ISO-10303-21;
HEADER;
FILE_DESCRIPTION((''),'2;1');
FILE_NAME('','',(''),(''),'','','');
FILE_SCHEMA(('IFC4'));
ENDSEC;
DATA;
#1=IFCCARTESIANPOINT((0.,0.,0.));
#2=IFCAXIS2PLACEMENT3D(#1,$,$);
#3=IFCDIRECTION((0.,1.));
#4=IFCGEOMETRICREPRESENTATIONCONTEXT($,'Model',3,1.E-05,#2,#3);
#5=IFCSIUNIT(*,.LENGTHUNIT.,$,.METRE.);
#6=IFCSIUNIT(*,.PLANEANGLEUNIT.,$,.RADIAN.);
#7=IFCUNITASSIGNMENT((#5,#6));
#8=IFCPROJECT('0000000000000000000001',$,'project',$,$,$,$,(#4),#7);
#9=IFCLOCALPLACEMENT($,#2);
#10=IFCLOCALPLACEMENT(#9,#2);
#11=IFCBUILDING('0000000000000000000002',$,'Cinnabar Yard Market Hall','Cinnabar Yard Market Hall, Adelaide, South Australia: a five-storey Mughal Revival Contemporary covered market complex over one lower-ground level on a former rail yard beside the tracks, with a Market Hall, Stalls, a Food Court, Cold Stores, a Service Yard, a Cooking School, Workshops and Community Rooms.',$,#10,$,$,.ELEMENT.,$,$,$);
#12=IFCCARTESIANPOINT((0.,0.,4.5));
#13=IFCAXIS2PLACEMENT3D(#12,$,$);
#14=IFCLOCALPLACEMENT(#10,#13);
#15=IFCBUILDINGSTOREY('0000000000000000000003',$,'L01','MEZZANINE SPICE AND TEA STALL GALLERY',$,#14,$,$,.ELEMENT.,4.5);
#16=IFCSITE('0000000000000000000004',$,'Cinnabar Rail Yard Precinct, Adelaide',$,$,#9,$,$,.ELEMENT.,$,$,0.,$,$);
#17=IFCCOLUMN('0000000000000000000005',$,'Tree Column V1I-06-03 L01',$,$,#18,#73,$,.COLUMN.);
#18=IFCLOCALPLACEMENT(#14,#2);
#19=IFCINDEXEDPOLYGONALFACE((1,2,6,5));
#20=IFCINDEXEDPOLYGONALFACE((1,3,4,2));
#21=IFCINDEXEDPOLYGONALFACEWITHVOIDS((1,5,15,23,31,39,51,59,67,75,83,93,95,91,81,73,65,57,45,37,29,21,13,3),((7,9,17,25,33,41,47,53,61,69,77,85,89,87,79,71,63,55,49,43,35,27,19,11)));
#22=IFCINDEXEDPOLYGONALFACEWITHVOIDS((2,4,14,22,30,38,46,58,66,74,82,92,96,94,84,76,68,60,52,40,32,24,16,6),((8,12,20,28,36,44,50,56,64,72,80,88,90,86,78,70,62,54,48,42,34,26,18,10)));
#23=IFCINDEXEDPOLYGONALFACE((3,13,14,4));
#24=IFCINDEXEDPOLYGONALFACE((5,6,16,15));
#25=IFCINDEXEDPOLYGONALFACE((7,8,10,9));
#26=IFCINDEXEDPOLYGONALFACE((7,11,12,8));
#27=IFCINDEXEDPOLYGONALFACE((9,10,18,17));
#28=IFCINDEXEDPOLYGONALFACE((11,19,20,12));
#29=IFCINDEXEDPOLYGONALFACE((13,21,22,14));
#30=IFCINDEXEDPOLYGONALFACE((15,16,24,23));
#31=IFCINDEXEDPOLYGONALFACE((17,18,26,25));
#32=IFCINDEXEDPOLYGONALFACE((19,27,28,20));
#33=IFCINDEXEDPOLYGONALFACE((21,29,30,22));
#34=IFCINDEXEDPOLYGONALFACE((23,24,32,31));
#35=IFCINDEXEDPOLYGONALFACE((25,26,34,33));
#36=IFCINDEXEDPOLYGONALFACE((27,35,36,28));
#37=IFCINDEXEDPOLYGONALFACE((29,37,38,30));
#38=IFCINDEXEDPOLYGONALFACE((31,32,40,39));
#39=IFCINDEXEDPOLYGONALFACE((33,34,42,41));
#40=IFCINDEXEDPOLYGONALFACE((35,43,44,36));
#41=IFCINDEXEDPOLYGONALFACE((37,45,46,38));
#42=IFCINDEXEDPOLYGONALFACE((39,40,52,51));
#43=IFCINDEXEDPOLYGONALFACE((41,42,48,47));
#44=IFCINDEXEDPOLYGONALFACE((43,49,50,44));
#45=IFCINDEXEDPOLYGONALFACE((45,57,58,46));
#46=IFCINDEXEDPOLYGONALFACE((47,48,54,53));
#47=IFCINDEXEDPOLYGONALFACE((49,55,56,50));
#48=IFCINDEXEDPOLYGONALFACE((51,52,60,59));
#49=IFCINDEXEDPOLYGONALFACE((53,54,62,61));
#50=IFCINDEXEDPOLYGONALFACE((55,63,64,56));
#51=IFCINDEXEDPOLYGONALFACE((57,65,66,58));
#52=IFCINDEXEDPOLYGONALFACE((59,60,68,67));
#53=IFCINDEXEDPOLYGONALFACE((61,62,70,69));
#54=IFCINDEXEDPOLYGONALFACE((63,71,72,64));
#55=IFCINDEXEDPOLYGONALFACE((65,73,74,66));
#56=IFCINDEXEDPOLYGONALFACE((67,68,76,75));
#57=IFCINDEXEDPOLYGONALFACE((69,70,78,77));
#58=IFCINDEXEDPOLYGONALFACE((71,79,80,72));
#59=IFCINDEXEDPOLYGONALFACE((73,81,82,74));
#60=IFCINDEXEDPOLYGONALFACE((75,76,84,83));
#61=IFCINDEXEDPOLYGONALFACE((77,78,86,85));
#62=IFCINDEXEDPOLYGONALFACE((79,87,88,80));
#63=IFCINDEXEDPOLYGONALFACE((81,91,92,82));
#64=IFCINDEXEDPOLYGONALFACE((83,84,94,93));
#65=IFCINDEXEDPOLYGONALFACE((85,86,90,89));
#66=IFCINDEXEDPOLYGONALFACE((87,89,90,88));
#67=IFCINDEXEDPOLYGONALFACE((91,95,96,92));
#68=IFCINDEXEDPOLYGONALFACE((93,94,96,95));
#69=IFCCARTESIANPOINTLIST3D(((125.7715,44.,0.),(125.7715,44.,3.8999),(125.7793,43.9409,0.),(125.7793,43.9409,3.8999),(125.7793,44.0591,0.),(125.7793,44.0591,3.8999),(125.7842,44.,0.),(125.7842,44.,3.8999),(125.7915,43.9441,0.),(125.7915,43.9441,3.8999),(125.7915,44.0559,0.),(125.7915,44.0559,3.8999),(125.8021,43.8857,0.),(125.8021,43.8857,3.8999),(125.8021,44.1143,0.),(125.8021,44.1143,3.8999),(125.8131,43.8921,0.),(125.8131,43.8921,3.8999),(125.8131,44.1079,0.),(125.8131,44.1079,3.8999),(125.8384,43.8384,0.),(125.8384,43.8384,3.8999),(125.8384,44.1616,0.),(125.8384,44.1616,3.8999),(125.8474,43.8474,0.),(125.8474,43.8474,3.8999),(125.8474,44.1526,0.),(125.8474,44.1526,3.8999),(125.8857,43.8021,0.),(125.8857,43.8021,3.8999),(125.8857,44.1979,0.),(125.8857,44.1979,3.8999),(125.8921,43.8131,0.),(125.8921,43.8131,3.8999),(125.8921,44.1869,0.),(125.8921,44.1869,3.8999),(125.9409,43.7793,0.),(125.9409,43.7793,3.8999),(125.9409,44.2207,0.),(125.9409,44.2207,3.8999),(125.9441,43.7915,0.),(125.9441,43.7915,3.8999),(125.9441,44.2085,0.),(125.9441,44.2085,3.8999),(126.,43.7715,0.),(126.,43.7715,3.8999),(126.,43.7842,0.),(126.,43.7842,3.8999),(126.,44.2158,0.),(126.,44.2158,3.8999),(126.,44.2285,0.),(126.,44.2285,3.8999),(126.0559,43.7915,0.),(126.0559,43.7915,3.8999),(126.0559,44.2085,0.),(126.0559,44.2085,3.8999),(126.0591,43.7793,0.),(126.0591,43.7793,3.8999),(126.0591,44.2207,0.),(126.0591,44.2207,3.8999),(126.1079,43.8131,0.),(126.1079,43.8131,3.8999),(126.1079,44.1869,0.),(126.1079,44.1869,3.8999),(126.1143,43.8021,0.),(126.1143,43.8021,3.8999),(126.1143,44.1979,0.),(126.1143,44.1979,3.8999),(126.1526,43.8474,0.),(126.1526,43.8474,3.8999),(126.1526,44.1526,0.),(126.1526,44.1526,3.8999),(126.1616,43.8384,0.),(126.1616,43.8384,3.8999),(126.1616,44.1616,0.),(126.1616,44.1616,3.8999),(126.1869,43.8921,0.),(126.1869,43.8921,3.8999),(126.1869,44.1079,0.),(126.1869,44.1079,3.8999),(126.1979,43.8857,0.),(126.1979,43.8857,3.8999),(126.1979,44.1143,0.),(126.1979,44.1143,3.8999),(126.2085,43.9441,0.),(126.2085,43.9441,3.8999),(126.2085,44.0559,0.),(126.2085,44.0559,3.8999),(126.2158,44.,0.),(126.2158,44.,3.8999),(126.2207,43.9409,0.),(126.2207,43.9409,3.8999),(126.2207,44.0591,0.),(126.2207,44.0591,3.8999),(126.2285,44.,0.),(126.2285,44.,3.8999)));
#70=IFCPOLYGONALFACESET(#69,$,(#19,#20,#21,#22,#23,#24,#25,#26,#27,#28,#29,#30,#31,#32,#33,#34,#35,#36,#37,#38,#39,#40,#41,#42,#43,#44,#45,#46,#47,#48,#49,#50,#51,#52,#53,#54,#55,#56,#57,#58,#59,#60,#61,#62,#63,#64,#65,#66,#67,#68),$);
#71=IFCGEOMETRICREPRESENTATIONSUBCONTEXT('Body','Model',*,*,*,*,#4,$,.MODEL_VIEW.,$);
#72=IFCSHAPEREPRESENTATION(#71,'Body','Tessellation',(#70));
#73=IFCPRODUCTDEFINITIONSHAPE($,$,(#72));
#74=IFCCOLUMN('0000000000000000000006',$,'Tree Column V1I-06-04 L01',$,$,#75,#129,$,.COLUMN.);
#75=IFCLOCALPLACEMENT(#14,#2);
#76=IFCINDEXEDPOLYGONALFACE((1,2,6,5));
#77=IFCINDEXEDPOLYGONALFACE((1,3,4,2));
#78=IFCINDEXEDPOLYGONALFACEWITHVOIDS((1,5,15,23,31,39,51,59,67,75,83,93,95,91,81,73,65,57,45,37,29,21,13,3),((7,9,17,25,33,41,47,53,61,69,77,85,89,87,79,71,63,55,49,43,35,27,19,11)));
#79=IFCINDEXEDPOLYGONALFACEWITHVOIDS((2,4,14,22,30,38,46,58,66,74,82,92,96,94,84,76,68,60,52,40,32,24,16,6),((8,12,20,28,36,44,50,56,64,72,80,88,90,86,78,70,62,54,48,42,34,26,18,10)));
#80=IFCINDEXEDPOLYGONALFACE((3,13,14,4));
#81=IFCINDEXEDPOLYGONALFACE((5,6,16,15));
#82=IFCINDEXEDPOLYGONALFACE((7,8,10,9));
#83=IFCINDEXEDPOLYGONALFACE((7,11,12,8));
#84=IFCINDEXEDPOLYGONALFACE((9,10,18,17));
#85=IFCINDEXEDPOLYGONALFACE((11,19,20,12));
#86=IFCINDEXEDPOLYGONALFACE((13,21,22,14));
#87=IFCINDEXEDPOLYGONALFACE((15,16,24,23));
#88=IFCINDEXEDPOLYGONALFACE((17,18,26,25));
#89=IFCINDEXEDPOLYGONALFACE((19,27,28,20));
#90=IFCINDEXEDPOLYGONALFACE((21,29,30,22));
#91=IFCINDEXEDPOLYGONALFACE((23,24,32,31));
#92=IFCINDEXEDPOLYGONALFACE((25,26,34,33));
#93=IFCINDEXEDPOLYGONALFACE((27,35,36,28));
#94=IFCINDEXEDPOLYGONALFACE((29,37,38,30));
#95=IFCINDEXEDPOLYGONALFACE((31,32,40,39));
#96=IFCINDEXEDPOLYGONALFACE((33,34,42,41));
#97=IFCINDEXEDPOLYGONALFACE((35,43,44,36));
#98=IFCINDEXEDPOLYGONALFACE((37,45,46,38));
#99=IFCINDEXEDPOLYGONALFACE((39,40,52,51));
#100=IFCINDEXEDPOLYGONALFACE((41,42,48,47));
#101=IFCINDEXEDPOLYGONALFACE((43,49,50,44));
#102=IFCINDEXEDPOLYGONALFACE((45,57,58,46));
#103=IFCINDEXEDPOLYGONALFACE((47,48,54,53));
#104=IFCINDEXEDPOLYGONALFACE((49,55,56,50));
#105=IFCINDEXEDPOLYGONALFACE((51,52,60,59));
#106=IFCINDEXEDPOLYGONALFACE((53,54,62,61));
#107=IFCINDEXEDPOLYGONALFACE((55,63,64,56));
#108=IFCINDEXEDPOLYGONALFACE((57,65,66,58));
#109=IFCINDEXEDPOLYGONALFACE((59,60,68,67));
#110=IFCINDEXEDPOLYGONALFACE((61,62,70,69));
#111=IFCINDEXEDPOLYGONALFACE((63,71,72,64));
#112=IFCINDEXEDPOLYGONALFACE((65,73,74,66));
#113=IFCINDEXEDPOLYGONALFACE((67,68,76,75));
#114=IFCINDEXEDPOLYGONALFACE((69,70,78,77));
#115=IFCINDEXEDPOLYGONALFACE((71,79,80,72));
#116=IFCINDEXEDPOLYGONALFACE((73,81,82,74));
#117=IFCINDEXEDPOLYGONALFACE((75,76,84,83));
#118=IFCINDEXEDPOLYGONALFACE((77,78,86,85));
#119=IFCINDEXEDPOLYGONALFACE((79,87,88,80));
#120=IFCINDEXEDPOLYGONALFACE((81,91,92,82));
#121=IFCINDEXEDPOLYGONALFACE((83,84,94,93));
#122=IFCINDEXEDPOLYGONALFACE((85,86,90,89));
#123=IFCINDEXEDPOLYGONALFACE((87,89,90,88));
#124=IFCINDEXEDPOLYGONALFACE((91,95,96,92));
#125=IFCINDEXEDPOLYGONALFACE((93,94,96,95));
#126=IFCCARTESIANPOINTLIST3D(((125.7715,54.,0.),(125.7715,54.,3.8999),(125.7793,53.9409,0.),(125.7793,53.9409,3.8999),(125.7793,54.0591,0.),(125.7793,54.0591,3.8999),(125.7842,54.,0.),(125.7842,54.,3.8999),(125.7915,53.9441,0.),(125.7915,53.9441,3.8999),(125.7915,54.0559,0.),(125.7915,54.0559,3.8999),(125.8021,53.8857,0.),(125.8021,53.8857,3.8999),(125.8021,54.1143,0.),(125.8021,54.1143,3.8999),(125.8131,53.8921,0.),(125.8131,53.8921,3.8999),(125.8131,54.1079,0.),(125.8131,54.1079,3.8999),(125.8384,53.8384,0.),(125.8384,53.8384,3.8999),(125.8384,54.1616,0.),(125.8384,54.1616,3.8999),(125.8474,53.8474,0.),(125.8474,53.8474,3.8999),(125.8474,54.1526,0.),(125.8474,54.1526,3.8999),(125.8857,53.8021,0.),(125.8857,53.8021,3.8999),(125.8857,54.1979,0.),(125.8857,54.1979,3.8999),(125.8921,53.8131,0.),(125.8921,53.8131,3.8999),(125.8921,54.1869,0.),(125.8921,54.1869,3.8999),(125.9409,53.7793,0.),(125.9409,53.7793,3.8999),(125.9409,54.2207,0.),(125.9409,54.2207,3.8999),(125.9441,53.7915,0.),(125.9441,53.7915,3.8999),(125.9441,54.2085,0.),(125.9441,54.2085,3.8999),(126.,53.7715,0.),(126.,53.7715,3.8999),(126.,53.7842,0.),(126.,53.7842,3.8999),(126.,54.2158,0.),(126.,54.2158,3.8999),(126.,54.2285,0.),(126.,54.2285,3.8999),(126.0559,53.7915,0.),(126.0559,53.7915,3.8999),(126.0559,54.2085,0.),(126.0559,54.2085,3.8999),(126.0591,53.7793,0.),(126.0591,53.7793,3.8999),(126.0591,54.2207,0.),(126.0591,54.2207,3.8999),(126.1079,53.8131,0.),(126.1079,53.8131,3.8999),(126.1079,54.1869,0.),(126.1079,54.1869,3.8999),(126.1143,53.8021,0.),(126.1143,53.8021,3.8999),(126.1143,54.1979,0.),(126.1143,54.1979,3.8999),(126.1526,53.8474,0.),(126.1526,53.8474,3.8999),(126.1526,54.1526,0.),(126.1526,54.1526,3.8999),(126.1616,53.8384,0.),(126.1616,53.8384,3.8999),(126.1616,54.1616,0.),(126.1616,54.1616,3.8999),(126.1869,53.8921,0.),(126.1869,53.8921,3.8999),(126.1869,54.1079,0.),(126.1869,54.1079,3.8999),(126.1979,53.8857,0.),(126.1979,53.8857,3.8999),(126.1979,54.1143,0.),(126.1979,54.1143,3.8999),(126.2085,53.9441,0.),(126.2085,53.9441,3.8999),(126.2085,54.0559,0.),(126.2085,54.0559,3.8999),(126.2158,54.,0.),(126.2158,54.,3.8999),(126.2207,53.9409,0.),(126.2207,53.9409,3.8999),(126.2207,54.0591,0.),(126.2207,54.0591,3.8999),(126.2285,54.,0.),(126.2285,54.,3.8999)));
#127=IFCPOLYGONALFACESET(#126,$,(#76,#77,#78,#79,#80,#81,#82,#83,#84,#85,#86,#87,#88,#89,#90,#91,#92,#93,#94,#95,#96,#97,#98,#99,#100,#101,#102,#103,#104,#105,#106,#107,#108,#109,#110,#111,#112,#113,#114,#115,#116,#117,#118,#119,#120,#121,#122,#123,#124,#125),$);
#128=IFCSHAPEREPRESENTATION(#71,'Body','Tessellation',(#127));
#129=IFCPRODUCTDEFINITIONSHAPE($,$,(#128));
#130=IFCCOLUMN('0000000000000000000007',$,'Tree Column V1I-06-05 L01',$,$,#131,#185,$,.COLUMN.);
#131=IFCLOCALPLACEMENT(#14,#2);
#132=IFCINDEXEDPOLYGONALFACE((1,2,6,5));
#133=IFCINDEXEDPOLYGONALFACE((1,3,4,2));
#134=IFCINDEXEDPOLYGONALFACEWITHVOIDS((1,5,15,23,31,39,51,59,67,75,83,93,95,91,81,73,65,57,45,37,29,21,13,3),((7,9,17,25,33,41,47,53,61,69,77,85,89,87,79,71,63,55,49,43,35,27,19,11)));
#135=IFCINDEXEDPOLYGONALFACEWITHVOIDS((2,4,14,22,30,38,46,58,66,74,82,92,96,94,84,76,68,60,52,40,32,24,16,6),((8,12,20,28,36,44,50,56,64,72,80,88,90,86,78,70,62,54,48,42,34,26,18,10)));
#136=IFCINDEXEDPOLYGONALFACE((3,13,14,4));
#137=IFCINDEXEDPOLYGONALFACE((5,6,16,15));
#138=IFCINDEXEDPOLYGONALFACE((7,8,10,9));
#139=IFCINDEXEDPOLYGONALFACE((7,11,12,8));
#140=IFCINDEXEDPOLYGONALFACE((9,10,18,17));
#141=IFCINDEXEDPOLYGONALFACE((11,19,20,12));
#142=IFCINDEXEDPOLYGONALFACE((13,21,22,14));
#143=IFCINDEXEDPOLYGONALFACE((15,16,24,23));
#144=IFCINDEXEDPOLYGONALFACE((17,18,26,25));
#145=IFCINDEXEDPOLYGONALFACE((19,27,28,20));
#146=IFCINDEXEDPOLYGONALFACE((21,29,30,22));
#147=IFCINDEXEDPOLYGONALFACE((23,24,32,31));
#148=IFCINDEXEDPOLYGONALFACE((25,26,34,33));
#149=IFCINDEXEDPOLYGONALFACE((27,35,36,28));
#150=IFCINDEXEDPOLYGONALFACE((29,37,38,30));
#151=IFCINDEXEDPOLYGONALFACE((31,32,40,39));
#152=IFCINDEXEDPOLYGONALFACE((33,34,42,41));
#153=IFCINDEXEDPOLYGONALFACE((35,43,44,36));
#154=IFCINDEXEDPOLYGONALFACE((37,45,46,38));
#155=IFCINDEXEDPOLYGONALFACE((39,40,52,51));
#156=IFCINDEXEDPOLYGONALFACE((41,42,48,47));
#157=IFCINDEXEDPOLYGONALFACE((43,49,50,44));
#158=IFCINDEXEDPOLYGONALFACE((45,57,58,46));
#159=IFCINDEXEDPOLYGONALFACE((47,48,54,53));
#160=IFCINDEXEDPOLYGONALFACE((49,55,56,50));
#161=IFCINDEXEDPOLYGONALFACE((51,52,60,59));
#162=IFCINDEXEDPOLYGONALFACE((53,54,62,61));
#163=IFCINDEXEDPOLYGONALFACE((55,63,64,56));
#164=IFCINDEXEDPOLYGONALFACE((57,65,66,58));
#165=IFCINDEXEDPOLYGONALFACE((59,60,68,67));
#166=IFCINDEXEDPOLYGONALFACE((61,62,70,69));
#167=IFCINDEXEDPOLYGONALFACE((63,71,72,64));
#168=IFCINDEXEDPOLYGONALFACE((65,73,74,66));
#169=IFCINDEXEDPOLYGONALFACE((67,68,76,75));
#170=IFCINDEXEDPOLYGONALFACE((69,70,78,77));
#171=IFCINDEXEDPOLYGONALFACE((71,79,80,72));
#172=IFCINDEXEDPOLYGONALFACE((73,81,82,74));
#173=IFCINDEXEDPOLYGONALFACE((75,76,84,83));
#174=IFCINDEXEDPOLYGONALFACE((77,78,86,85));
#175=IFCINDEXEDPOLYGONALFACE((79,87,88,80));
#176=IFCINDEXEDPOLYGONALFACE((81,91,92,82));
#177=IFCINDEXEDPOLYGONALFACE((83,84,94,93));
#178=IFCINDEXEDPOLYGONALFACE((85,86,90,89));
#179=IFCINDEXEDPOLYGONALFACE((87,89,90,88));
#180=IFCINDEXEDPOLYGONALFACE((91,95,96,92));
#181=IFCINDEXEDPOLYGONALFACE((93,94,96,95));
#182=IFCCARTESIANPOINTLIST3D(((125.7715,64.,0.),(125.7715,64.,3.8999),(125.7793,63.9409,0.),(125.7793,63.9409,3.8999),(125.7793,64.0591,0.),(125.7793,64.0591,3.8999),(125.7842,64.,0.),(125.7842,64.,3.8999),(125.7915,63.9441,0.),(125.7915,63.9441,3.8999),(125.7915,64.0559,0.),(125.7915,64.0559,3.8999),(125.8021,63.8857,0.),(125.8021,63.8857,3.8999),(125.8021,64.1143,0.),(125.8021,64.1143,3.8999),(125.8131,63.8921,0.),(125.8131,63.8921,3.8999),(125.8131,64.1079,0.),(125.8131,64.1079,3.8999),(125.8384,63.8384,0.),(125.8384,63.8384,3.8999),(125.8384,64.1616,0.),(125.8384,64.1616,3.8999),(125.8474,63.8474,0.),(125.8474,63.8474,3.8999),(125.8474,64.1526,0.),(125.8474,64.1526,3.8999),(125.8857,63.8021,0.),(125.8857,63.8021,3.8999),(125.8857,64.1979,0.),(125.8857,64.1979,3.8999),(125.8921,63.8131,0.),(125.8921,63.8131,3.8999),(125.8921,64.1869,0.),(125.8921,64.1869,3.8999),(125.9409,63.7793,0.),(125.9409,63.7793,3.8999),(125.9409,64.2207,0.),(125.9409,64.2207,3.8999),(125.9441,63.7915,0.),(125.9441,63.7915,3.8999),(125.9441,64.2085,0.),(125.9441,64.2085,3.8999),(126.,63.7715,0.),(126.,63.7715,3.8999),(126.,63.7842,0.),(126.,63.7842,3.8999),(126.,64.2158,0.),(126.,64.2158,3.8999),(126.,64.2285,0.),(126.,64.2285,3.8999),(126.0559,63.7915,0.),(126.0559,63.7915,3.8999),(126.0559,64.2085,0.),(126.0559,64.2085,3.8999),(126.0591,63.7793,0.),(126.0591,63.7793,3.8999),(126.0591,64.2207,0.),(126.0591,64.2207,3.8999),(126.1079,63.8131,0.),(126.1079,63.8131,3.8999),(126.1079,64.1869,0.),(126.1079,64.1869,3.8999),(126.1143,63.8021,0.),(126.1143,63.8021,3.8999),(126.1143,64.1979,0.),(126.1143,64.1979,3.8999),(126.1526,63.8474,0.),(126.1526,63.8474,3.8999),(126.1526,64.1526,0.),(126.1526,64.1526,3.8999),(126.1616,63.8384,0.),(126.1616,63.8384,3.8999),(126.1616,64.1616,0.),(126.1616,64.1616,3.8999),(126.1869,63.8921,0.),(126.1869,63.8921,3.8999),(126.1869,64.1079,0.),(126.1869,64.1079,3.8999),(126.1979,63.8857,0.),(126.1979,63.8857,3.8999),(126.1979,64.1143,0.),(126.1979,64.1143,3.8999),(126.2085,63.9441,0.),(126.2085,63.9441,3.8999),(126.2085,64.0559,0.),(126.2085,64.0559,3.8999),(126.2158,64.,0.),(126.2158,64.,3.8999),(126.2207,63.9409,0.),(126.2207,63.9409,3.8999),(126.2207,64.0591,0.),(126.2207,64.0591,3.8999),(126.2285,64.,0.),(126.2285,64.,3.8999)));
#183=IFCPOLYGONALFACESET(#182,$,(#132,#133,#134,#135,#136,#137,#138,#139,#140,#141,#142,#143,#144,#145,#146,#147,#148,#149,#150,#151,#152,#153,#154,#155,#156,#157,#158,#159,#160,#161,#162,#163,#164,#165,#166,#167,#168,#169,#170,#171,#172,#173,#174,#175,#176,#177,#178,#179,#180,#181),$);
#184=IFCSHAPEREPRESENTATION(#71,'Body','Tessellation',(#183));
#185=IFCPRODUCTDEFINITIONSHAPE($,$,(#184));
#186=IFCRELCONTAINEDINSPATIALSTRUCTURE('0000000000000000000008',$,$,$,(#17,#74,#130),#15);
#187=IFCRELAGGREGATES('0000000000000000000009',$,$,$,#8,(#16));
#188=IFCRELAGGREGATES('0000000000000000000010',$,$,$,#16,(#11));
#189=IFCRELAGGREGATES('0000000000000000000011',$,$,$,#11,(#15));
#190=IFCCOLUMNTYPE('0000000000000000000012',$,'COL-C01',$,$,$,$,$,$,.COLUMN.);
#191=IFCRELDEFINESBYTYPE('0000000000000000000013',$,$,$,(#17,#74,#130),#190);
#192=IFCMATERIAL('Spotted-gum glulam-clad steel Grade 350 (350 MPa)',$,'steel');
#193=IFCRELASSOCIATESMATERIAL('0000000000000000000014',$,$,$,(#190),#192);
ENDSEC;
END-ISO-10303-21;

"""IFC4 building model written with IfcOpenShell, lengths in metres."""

from ifc_helpers import new_model, si_unit, direction, frame, origin, origin_2d_with_axis, place, context, subcontext, project, spatial, hollow_circle, extrude, material, material_profile, profile_set, type_object, element, save


model = new_model("IFC4")

# Units and contexts
model_context = context("Model", 3, precision=1e-05, world=origin(), true_north=direction((0.0, 1.0)))
body_context = subcontext(model_context, "Body", "Model", "MODEL_VIEW")
ifc_project = project(units=[si_unit("LENGTHUNIT", "METRE"), si_unit("PLANEANGLEUNIT", "RADIAN")], contexts=[model_context])

# Site, building, storey
site_placement = place(None, origin())
site = spatial("IfcSite", under=ifc_project, at=site_placement, Name="Cinnabar Rail Yard Precinct, Adelaide", CompositionType="ELEMENT", RefElevation=0.0)
building_placement = place(site_placement, origin())
building = spatial("IfcBuilding", under=site, at=building_placement, Name="Cinnabar Yard Market Hall", Description="Cinnabar Yard Market Hall, Adelaide, South Australia: a five-storey Mughal Revival Contemporary covered market complex over one lower-ground level on a former rail yard beside the tracks, with a Market Hall, Stalls, a Food Court, Cold Stores, a Service Yard, a Cooking School, Workshops and Community Rooms.", CompositionType="ELEMENT")
storey_placement = place(building_placement, frame((0.0, 0.0, 4.5)))
storey = spatial("IfcBuildingStorey", under=building, at=storey_placement, Name="L01", Description="MEZZANINE SPICE AND TEA STALL GALLERY", CompositionType="ELEMENT", Elevation=4.5)

# Columns
ifc_material_1 = material(Name="Spotted-gum glulam-clad steel Grade 350 (350 MPa)", Category="steel")
ifc_material_profile_1 = material_profile(ifc_material_1, hollow_circle(Radius=0.2285, WallThickness=0.0127, at=origin_2d_with_axis()), Name="457.0x12.7CHS")
ifc_profile_set_1 = profile_set([ifc_material_profile_1], Name="Spotted-gum glulam-clad steel Grade 350 (350 MPa)")
column_type = type_object("IfcColumnType", Name="COL-C01", PredefinedType="COLUMN", material=ifc_profile_set_1)
for number, where, z_axis, x_axis, name in (
    (1, (126.0, 44.0, 0.0), (0.0, 0.0, 1.0), (1.0, 0.0, 0.0), "Tree Column V1I-06-03 L01"),
    (2, (126.0, 54.0, 0.0), (0.0, 0.0, 1.0), (1.0, 0.0, 0.0), "Tree Column V1I-06-04 L01"),
    (3, (126.0, 64.0, 0.0), (0.0, 0.0, 1.0), (1.0, 0.0, 0.0), "Tree Column V1I-06-05 L01"),
):
    element("IfcColumn", number, at=place(storey_placement, frame(where, z_axis=z_axis, x_axis=x_axis)), inside=storey, type_object=column_type, Name=name, PredefinedType="COLUMN", context=body_context, shape_type="SweptSolid", body=[
        extrude(hollow_circle(Radius=0.2285, WallThickness=0.0127, at=origin_2d_with_axis()), origin(), (0.0, 0.0, 1.0), 3.8999),
    ])

save(model, "model.ifc")
